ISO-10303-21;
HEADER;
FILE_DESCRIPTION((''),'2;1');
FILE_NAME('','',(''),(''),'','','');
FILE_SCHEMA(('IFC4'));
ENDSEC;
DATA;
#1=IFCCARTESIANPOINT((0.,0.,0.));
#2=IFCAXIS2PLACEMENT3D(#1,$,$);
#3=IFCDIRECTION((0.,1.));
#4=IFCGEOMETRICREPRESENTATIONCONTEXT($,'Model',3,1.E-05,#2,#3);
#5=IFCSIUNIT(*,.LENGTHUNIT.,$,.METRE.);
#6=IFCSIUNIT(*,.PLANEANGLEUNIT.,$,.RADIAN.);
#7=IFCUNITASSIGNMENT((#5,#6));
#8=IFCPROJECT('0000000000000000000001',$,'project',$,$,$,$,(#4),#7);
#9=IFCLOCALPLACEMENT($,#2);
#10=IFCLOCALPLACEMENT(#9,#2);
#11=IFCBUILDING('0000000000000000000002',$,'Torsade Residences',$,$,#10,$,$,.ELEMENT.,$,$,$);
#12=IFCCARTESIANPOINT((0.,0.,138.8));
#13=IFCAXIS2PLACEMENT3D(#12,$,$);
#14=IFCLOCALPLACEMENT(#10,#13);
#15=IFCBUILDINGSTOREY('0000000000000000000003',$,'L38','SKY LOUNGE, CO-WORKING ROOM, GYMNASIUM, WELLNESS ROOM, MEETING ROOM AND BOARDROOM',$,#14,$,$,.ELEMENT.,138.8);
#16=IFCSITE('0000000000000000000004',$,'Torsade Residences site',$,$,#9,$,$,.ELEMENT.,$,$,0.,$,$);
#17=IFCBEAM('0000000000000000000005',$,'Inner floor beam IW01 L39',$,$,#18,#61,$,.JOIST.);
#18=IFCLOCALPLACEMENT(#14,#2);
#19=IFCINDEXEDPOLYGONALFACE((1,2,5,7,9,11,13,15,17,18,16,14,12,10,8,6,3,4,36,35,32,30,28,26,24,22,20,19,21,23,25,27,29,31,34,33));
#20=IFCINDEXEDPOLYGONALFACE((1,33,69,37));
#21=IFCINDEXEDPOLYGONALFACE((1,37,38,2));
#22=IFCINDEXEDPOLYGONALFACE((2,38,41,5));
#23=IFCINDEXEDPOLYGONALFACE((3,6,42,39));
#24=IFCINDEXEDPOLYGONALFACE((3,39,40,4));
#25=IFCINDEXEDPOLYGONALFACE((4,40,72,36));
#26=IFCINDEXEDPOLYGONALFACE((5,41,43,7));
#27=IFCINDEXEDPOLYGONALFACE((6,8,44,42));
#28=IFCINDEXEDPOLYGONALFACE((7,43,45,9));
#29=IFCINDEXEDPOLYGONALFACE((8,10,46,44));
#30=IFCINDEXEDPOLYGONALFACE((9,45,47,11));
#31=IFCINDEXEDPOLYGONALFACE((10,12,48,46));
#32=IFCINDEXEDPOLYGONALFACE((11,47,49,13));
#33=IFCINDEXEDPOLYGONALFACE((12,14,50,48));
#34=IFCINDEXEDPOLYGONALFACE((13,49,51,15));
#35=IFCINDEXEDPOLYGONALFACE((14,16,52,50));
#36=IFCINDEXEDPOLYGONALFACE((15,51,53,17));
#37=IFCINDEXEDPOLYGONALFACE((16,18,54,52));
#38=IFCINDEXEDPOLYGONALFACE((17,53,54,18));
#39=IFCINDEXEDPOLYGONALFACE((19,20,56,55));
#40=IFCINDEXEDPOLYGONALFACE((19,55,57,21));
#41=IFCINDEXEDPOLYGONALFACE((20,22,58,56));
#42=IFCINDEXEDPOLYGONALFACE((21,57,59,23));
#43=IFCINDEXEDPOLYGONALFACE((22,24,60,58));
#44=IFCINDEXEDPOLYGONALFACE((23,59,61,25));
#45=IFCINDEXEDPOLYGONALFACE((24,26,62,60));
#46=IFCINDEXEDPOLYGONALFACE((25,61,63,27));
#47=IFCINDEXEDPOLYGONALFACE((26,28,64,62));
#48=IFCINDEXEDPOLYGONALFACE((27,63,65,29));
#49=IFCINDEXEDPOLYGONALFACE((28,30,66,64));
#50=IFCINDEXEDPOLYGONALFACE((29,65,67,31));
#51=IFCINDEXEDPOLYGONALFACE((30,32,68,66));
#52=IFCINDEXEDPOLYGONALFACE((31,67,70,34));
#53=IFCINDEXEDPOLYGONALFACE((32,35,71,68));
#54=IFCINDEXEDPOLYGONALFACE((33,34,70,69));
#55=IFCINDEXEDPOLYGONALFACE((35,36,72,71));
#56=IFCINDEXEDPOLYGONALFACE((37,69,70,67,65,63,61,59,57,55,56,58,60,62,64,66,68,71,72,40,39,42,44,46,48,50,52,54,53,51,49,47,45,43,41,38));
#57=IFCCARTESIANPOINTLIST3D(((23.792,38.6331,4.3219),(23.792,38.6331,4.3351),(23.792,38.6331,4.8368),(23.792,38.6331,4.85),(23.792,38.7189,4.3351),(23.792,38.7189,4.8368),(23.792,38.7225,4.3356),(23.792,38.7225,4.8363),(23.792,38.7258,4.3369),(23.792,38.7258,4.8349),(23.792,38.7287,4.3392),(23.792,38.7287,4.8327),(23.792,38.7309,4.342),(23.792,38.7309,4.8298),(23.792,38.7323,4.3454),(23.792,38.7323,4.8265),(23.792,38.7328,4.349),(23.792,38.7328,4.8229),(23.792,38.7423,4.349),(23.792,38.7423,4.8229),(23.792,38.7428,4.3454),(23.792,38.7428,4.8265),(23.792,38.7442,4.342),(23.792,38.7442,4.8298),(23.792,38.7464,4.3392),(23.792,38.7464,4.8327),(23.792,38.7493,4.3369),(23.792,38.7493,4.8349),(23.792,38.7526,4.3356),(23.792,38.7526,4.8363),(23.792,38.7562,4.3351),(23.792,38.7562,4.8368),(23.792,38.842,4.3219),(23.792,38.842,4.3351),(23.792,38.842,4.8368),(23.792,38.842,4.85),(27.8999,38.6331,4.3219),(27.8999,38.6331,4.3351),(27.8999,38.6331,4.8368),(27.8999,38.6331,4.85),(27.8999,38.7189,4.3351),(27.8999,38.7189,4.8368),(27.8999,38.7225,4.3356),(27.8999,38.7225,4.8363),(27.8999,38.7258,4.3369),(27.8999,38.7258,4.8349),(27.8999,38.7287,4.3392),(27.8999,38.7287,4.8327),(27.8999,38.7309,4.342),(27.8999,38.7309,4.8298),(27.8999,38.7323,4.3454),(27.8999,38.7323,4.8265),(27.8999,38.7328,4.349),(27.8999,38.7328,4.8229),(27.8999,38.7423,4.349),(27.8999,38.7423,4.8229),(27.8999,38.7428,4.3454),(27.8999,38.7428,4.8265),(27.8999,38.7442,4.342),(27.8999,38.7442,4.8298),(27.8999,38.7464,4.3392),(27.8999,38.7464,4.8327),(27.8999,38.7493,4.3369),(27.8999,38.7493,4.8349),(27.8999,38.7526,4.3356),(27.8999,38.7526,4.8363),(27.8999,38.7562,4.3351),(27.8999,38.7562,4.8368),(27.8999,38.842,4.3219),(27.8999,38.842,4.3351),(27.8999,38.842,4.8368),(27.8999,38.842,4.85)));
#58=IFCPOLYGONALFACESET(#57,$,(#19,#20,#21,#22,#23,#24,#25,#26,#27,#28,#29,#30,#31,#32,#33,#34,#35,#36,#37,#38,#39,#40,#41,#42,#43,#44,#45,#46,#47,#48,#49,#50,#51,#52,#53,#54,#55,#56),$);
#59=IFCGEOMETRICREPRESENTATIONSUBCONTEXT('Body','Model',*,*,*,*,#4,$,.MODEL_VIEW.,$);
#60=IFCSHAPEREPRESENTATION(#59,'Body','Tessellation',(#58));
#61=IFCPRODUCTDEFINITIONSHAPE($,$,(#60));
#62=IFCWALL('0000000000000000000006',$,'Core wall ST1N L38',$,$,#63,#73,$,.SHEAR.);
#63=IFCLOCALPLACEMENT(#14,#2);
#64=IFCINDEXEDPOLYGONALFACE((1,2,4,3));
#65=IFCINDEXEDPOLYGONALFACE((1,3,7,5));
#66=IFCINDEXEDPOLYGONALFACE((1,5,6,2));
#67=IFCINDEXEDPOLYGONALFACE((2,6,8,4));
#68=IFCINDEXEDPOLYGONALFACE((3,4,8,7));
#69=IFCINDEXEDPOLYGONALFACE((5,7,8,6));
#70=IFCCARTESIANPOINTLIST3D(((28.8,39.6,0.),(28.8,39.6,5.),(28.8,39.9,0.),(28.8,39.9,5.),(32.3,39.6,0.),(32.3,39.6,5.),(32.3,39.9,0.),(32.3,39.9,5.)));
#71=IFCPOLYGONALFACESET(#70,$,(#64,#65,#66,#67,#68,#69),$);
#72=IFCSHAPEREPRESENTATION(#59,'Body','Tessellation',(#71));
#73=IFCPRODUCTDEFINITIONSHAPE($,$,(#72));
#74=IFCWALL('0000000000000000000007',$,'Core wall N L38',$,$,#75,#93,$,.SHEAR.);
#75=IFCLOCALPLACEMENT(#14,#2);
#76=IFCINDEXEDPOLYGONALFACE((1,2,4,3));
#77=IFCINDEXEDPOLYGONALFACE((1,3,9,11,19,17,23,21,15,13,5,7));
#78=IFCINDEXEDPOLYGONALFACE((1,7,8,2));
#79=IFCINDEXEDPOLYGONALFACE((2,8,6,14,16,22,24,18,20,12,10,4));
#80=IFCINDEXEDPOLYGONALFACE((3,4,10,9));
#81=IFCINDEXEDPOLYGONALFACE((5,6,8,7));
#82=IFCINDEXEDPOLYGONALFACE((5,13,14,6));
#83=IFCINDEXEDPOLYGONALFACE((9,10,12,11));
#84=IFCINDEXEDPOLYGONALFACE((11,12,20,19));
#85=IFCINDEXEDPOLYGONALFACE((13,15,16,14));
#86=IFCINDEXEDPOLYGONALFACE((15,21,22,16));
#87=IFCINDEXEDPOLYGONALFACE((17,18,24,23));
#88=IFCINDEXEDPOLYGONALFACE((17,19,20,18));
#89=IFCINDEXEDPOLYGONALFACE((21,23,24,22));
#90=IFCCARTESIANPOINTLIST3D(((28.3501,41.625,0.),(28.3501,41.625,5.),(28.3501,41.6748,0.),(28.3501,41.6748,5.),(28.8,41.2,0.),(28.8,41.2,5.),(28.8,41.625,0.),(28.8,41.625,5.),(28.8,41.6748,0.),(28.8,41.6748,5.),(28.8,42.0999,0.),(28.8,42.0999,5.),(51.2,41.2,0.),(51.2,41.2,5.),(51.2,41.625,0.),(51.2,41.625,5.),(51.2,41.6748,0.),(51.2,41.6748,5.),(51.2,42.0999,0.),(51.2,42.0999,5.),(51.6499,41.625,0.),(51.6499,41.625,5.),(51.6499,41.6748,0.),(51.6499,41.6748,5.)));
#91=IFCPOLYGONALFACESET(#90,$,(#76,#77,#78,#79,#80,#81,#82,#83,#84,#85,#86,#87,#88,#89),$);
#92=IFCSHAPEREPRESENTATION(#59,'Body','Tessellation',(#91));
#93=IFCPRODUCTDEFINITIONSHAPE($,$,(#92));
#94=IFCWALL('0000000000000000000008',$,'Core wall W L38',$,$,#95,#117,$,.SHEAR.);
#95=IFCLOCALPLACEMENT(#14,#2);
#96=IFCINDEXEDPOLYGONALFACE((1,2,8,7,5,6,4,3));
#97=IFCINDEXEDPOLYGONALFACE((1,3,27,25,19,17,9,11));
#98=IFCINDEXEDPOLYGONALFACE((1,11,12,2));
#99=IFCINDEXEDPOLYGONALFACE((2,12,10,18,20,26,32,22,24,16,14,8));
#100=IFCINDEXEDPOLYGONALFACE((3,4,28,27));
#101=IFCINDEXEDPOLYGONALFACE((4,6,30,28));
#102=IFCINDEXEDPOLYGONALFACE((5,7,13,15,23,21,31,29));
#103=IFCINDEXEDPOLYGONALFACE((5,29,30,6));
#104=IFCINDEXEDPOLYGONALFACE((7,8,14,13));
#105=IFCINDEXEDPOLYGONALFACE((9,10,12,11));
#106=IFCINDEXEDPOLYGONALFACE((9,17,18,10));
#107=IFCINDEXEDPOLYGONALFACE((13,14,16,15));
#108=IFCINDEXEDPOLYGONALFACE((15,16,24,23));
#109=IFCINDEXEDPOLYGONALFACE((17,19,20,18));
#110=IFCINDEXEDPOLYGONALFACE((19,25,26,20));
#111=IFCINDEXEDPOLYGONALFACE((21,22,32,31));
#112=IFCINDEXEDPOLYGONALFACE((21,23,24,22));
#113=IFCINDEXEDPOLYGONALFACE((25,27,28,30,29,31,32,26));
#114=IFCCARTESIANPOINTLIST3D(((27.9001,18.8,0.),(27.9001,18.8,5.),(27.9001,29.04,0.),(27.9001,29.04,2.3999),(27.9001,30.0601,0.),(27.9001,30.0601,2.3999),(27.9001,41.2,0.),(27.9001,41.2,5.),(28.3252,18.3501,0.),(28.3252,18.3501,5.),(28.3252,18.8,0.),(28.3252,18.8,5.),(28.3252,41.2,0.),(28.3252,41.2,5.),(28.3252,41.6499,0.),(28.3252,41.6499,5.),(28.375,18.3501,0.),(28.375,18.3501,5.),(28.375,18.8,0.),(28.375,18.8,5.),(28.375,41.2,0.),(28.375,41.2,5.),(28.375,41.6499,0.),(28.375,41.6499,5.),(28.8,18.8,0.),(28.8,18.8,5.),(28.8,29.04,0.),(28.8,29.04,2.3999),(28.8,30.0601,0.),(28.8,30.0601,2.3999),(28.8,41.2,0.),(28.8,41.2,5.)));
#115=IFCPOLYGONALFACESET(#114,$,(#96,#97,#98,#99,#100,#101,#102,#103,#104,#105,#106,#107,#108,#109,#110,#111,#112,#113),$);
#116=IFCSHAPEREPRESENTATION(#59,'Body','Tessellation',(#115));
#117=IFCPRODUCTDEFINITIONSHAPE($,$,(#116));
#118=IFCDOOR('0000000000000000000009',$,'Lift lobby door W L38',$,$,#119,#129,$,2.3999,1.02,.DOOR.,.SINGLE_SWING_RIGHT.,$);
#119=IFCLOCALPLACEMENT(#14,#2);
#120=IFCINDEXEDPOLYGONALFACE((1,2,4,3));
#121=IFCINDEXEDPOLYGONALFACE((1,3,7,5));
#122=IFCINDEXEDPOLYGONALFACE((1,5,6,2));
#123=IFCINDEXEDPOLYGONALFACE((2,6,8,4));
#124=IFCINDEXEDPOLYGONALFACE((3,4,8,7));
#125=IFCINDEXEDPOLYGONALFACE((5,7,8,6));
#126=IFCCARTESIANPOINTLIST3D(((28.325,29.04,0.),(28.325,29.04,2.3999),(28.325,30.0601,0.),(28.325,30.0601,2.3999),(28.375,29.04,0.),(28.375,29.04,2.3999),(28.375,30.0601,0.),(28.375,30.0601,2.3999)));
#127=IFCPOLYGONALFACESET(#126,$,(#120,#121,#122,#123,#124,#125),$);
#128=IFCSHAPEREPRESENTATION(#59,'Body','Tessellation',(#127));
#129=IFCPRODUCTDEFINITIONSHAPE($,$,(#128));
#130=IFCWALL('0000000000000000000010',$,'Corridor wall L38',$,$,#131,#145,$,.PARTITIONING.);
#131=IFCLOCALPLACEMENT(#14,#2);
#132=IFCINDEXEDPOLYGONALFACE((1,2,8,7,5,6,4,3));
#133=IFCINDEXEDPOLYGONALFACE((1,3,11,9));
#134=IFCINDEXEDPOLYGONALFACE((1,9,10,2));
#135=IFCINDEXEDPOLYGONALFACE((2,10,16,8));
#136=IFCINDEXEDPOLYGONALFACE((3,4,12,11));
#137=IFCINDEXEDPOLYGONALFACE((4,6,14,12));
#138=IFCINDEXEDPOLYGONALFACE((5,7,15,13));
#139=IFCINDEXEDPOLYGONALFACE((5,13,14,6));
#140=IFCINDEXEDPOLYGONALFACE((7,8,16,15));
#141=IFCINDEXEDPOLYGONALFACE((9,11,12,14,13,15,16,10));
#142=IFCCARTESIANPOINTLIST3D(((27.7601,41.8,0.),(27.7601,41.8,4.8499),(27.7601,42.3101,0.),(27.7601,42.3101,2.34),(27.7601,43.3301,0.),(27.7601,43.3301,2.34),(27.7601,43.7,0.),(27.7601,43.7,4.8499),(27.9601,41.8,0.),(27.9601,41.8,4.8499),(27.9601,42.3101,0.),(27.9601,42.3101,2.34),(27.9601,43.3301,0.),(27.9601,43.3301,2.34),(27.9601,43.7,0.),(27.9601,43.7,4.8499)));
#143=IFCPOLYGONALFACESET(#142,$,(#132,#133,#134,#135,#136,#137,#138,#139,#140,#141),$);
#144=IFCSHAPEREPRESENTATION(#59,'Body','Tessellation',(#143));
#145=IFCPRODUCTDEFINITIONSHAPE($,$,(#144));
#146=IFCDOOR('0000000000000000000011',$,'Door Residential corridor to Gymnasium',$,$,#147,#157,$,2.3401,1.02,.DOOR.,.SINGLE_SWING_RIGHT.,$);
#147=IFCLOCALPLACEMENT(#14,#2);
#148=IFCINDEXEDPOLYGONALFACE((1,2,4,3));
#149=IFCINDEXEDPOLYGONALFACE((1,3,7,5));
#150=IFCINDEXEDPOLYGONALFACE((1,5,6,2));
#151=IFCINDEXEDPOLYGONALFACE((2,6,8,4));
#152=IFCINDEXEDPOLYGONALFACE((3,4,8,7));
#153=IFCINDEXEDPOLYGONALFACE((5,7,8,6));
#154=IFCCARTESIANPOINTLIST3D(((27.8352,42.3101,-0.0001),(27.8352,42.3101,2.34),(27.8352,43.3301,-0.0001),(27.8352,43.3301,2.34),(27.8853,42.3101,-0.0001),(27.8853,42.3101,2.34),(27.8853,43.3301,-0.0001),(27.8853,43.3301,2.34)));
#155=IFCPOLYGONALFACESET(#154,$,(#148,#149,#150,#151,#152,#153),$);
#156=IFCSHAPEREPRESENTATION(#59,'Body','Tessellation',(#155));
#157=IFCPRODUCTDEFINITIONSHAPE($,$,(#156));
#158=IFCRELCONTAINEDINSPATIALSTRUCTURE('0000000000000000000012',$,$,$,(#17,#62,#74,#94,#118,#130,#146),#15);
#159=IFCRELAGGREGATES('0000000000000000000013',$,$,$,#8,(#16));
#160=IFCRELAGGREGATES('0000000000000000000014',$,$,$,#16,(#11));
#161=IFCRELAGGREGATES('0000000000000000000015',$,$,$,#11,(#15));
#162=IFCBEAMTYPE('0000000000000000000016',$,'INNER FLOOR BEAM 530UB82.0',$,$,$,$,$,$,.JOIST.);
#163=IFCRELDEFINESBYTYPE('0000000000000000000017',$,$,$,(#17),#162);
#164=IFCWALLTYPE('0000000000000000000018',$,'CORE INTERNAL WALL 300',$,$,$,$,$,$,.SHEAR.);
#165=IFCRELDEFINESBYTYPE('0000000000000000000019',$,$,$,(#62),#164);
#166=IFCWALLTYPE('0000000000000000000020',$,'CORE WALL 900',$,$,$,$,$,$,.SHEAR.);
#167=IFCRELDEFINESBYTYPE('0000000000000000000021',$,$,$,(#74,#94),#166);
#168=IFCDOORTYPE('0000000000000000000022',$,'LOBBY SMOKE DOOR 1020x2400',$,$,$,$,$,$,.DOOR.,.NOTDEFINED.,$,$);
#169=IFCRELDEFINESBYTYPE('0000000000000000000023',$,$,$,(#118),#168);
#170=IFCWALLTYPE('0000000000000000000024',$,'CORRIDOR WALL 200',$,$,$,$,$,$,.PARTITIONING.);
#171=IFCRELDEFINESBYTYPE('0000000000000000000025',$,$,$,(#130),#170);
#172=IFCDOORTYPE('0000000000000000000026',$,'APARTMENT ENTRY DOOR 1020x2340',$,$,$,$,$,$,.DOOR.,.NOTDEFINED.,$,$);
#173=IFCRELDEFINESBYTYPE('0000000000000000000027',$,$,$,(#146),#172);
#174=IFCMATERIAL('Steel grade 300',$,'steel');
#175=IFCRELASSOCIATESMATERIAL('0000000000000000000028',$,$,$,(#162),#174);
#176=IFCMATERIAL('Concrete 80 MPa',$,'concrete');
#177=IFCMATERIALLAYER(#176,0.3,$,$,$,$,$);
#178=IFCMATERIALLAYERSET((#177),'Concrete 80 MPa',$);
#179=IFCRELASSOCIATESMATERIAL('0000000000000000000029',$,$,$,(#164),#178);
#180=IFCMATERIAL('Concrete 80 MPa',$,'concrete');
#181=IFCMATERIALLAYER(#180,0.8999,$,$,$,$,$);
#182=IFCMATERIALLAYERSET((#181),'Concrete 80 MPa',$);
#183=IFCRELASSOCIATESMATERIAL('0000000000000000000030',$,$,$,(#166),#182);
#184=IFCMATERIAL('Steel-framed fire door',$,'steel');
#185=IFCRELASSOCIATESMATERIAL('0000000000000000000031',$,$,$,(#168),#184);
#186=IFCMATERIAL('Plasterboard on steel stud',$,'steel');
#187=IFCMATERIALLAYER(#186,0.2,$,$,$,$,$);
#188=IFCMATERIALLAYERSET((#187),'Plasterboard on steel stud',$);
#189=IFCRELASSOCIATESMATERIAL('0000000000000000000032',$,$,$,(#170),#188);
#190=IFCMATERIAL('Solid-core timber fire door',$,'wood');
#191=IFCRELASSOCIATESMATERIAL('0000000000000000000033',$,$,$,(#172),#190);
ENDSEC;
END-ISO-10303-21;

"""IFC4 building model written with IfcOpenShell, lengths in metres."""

from ifc_helpers import new_model, si_unit, direction, frame, frame_2d, origin, origin_2d, place, context, subcontext, project, spatial, polyline, rectangle, i_section, outline, extrude, material, layer, layer_set, material_profile, profile_set, type_object, element, fill, save


model = new_model("IFC4")

# Units and contexts
model_context = context("Model", 3, precision=1e-05, world=origin(), true_north=direction((0.0, 1.0)))
body_context = subcontext(model_context, "Body", "Model", "MODEL_VIEW")
ifc_project = project(units=[si_unit("LENGTHUNIT", "METRE"), si_unit("PLANEANGLEUNIT", "RADIAN")], contexts=[model_context])

# Site, building, storey
site_placement = place(None, origin())
site = spatial("IfcSite", under=ifc_project, at=site_placement, Name="Torsade Residences site", CompositionType="ELEMENT", RefElevation=0.0)
building_placement = place(site_placement, origin())
building = spatial("IfcBuilding", under=site, at=building_placement, Name="Torsade Residences", CompositionType="ELEMENT")
storey_placement = place(building_placement, frame((0.0, 0.0, 138.8)))
storey = spatial("IfcBuildingStorey", under=building, at=storey_placement, Name="L38", Description="SKY LOUNGE, CO-WORKING ROOM, GYMNASIUM, WELLNESS ROOM, MEETING ROOM AND BOARDROOM", CompositionType="ELEMENT", Elevation=138.8)

# Beam
ifc_material_1 = material(Name="Steel grade 300", Category="steel")
ifc_material_profile_1 = material_profile(ifc_material_1, i_section(OverallWidth=0.209, OverallDepth=0.5281, WebThickness=0.0095, FlangeThickness=0.0132, FilletRadius=0.0139, at=origin_2d()), Name="530UB82.0")
ifc_profile_set_1 = profile_set([ifc_material_profile_1], Name="Steel grade 300")
beam_type = type_object("IfcBeamType", Name="INNER FLOOR BEAM 530UB82.0", PredefinedType="JOIST", material=ifc_profile_set_1)
beam_1_placement = place(storey_placement, frame((27.8999, 38.7375, 4.5859), z_axis=(-1.0, 0.0, 0.0), x_axis=(0.0, -1.0, 0.0)))
element("IfcBeam", 1, at=beam_1_placement, inside=storey, type_object=beam_type, Name="Inner floor beam IW01 L39", PredefinedType="JOIST", context=body_context, shape_type="SweptSolid", body=[
    extrude(i_section(OverallWidth=0.209, OverallDepth=0.5281, WebThickness=0.0095, FlangeThickness=0.0132, FilletRadius=0.0139, at=origin_2d()), origin(), (0.0, 0.0, 1.0), 4.1079),
])

# Walls
ifc_material_2 = material(Name="Concrete 80 MPa", Category="concrete")
ifc_layer_1 = layer(ifc_material_2, 0.3)
ifc_layer_set_1 = layer_set([ifc_layer_1], Name="Concrete 80 MPa")
wall_type_1 = type_object("IfcWallType", Name="CORE INTERNAL WALL 300", PredefinedType="SHEAR", material=ifc_layer_set_1)
wall_1_placement = place(storey_placement, frame((28.8, 39.75, 0.0), z_axis=(0.0, 0.0, 1.0), x_axis=(1.0, 0.0, 0.0)))
element("IfcWall", 2, at=wall_1_placement, inside=storey, type_object=wall_type_1, Name="Core wall ST1N L38", PredefinedType="SHEAR", context=body_context, shape_type="SweptSolid", body=[
    extrude(rectangle(XDim=3.5, YDim=0.3, at=frame_2d((1.75, 0.0))), origin(), (0.0, 0.0, 1.0), 5.0),
])
ifc_material_3 = material(Name="Concrete 80 MPa", Category="concrete")
ifc_layer_2 = layer(ifc_material_3, 0.8999)
ifc_layer_set_2 = layer_set([ifc_layer_2], Name="Concrete 80 MPa")
wall_type_2 = type_object("IfcWallType", Name="CORE WALL 900", PredefinedType="SHEAR", material=ifc_layer_set_2)
wall_2_placement = place(storey_placement, frame((28.8, 41.6499, 0.0), z_axis=(0.0, 0.0, 1.0), x_axis=(1.0, 0.0, 0.0)))
element("IfcWall", 3, at=wall_2_placement, inside=storey, type_object=wall_type_2, Name="Core wall N L38", PredefinedType="SHEAR", context=body_context, shape_type="SweptSolid", body=[
    extrude(outline(polyline([(0.0, -0.45), (22.3999, -0.45), (22.3999, -0.0249), (22.8499, -0.0249), (22.8499, 0.0249), (22.3999, 0.0249), (22.3999, 0.45), (0.0, 0.45), (0.0, 0.0249), (-0.45, 0.0249), (-0.45, -0.0249), (0.0, -0.0249), (0.0, -0.45)])), origin(), (0.0, 0.0, 1.0), 5.0),
])

# Walls, openings, doors
wall_3_placement = place(storey_placement, frame((28.3501, 41.2, 0.0), z_axis=(0.0, 0.0, 1.0), x_axis=(0.0, -1.0, 0.0)))
wall_3 = element("IfcWall", 4, at=wall_3_placement, inside=storey, type_object=wall_type_2, Name="Core wall W L38", PredefinedType="SHEAR", context=body_context, shape_type="SweptSolid", body=[
    extrude(outline(polyline([(0.0, -0.45), (22.3999, -0.45), (22.3999, -0.0249), (22.8499, -0.0249), (22.8499, 0.0249), (22.3999, 0.0249), (22.3999, 0.45), (0.0, 0.45), (0.0, 0.0249), (-0.45, 0.0249), (-0.45, -0.0249), (0.0, -0.0249), (0.0, -0.45)])), origin(), (0.0, 0.0, 1.0), 5.0),
])
opening_1_placement = place(wall_3_placement, frame((11.1399, 0.0, 0.0)))
opening_1 = element("IfcOpeningElement", 5, at=opening_1_placement, cuts=wall_3, PredefinedType="OPENING", context=body_context, shape_type="SweptSolid", body=[
    extrude(rectangle(XDim=1.02, YDim=2.3999, at=frame_2d((0.51, 1.2))), frame((0.0, 0.46, 0.0), z_axis=(0.0, -1.0, 0.0), x_axis=(1.0, 0.0, 0.0)), (0.0, 0.0, 1.0), 0.9199),
])
ifc_material_4 = material(Name="Steel-framed fire door", Category="steel")
door_type_1 = type_object("IfcDoorType", Name="LOBBY SMOKE DOOR 1020x2400", OperationType="NOTDEFINED", PredefinedType="DOOR", material=ifc_material_4)
door_1_placement = place(opening_1_placement, origin())
door_1 = element("IfcDoor", 6, at=door_1_placement, inside=storey, type_object=door_type_1, Name="Lift lobby door W L38", OperationType="SINGLE_SWING_RIGHT", OverallHeight=2.3999, OverallWidth=1.02, PredefinedType="DOOR", context=body_context, shape_type="SweptSolid", body=[
    extrude(rectangle(XDim=1.02, YDim=2.3999, at=frame_2d((0.51, 1.2))), frame((0.0, 0.0249, 0.0), z_axis=(0.0, -1.0, 0.0), x_axis=(1.0, 0.0, 0.0)), (0.0, 0.0, 1.0), 0.05),
])
fill(opening_1, door_1)
ifc_material_5 = material(Name="Plasterboard on steel stud", Category="steel")
ifc_layer_3 = layer(ifc_material_5, 0.2)
ifc_layer_set_3 = layer_set([ifc_layer_3], Name="Plasterboard on steel stud")
wall_type_3 = type_object("IfcWallType", Name="CORRIDOR WALL 200", PredefinedType="PARTITIONING", material=ifc_layer_set_3)
wall_4_placement = place(storey_placement, frame((27.8601, 41.8, 0.0), z_axis=(0.0, 0.0, 1.0), x_axis=(0.0, 1.0, 0.0)))
wall_4 = element("IfcWall", 7, at=wall_4_placement, inside=storey, type_object=wall_type_3, Name="Corridor wall L38", PredefinedType="PARTITIONING", context=body_context, shape_type="SweptSolid", body=[
    extrude(rectangle(XDim=1.8999, YDim=0.2, at=frame_2d((0.95, 0.0))), origin(), (0.0, 0.0, 1.0), 4.8499),
])
opening_2_placement = place(wall_4_placement, frame((0.51, 0.0, 0.0)))
opening_2 = element("IfcOpeningElement", 8, at=opening_2_placement, cuts=wall_4, PredefinedType="OPENING", context=body_context, shape_type="SweptSolid", body=[
    extrude(rectangle(XDim=1.02, YDim=2.3401, at=frame_2d((0.51, 1.1699))), frame((0.0, 0.1099, 0.0), z_axis=(0.0, -1.0, 0.0), x_axis=(1.0, 0.0, 0.0)), (0.0, 0.0, 1.0), 0.22),
])
ifc_material_6 = material(Name="Solid-core timber fire door", Category="wood")
door_type_2 = type_object("IfcDoorType", Name="APARTMENT ENTRY DOOR 1020x2340", OperationType="NOTDEFINED", PredefinedType="DOOR", material=ifc_material_6)
door_2_placement = place(opening_2_placement, origin())
door_2 = element("IfcDoor", 9, at=door_2_placement, inside=storey, type_object=door_type_2, Name="Door Residential corridor to Gymnasium", OperationType="SINGLE_SWING_RIGHT", OverallHeight=2.3401, OverallWidth=1.02, PredefinedType="DOOR", context=body_context, shape_type="SweptSolid", body=[
    extrude(rectangle(XDim=1.02, YDim=2.3401, at=frame_2d((0.51, 1.1699))), frame((0.0, 0.0249, 0.0), z_axis=(0.0, -1.0, 0.0), x_axis=(1.0, 0.0, 0.0)), (0.0, 0.0, 1.0), 0.05),
])
fill(opening_2, door_2)

save(model, "model.ifc")
